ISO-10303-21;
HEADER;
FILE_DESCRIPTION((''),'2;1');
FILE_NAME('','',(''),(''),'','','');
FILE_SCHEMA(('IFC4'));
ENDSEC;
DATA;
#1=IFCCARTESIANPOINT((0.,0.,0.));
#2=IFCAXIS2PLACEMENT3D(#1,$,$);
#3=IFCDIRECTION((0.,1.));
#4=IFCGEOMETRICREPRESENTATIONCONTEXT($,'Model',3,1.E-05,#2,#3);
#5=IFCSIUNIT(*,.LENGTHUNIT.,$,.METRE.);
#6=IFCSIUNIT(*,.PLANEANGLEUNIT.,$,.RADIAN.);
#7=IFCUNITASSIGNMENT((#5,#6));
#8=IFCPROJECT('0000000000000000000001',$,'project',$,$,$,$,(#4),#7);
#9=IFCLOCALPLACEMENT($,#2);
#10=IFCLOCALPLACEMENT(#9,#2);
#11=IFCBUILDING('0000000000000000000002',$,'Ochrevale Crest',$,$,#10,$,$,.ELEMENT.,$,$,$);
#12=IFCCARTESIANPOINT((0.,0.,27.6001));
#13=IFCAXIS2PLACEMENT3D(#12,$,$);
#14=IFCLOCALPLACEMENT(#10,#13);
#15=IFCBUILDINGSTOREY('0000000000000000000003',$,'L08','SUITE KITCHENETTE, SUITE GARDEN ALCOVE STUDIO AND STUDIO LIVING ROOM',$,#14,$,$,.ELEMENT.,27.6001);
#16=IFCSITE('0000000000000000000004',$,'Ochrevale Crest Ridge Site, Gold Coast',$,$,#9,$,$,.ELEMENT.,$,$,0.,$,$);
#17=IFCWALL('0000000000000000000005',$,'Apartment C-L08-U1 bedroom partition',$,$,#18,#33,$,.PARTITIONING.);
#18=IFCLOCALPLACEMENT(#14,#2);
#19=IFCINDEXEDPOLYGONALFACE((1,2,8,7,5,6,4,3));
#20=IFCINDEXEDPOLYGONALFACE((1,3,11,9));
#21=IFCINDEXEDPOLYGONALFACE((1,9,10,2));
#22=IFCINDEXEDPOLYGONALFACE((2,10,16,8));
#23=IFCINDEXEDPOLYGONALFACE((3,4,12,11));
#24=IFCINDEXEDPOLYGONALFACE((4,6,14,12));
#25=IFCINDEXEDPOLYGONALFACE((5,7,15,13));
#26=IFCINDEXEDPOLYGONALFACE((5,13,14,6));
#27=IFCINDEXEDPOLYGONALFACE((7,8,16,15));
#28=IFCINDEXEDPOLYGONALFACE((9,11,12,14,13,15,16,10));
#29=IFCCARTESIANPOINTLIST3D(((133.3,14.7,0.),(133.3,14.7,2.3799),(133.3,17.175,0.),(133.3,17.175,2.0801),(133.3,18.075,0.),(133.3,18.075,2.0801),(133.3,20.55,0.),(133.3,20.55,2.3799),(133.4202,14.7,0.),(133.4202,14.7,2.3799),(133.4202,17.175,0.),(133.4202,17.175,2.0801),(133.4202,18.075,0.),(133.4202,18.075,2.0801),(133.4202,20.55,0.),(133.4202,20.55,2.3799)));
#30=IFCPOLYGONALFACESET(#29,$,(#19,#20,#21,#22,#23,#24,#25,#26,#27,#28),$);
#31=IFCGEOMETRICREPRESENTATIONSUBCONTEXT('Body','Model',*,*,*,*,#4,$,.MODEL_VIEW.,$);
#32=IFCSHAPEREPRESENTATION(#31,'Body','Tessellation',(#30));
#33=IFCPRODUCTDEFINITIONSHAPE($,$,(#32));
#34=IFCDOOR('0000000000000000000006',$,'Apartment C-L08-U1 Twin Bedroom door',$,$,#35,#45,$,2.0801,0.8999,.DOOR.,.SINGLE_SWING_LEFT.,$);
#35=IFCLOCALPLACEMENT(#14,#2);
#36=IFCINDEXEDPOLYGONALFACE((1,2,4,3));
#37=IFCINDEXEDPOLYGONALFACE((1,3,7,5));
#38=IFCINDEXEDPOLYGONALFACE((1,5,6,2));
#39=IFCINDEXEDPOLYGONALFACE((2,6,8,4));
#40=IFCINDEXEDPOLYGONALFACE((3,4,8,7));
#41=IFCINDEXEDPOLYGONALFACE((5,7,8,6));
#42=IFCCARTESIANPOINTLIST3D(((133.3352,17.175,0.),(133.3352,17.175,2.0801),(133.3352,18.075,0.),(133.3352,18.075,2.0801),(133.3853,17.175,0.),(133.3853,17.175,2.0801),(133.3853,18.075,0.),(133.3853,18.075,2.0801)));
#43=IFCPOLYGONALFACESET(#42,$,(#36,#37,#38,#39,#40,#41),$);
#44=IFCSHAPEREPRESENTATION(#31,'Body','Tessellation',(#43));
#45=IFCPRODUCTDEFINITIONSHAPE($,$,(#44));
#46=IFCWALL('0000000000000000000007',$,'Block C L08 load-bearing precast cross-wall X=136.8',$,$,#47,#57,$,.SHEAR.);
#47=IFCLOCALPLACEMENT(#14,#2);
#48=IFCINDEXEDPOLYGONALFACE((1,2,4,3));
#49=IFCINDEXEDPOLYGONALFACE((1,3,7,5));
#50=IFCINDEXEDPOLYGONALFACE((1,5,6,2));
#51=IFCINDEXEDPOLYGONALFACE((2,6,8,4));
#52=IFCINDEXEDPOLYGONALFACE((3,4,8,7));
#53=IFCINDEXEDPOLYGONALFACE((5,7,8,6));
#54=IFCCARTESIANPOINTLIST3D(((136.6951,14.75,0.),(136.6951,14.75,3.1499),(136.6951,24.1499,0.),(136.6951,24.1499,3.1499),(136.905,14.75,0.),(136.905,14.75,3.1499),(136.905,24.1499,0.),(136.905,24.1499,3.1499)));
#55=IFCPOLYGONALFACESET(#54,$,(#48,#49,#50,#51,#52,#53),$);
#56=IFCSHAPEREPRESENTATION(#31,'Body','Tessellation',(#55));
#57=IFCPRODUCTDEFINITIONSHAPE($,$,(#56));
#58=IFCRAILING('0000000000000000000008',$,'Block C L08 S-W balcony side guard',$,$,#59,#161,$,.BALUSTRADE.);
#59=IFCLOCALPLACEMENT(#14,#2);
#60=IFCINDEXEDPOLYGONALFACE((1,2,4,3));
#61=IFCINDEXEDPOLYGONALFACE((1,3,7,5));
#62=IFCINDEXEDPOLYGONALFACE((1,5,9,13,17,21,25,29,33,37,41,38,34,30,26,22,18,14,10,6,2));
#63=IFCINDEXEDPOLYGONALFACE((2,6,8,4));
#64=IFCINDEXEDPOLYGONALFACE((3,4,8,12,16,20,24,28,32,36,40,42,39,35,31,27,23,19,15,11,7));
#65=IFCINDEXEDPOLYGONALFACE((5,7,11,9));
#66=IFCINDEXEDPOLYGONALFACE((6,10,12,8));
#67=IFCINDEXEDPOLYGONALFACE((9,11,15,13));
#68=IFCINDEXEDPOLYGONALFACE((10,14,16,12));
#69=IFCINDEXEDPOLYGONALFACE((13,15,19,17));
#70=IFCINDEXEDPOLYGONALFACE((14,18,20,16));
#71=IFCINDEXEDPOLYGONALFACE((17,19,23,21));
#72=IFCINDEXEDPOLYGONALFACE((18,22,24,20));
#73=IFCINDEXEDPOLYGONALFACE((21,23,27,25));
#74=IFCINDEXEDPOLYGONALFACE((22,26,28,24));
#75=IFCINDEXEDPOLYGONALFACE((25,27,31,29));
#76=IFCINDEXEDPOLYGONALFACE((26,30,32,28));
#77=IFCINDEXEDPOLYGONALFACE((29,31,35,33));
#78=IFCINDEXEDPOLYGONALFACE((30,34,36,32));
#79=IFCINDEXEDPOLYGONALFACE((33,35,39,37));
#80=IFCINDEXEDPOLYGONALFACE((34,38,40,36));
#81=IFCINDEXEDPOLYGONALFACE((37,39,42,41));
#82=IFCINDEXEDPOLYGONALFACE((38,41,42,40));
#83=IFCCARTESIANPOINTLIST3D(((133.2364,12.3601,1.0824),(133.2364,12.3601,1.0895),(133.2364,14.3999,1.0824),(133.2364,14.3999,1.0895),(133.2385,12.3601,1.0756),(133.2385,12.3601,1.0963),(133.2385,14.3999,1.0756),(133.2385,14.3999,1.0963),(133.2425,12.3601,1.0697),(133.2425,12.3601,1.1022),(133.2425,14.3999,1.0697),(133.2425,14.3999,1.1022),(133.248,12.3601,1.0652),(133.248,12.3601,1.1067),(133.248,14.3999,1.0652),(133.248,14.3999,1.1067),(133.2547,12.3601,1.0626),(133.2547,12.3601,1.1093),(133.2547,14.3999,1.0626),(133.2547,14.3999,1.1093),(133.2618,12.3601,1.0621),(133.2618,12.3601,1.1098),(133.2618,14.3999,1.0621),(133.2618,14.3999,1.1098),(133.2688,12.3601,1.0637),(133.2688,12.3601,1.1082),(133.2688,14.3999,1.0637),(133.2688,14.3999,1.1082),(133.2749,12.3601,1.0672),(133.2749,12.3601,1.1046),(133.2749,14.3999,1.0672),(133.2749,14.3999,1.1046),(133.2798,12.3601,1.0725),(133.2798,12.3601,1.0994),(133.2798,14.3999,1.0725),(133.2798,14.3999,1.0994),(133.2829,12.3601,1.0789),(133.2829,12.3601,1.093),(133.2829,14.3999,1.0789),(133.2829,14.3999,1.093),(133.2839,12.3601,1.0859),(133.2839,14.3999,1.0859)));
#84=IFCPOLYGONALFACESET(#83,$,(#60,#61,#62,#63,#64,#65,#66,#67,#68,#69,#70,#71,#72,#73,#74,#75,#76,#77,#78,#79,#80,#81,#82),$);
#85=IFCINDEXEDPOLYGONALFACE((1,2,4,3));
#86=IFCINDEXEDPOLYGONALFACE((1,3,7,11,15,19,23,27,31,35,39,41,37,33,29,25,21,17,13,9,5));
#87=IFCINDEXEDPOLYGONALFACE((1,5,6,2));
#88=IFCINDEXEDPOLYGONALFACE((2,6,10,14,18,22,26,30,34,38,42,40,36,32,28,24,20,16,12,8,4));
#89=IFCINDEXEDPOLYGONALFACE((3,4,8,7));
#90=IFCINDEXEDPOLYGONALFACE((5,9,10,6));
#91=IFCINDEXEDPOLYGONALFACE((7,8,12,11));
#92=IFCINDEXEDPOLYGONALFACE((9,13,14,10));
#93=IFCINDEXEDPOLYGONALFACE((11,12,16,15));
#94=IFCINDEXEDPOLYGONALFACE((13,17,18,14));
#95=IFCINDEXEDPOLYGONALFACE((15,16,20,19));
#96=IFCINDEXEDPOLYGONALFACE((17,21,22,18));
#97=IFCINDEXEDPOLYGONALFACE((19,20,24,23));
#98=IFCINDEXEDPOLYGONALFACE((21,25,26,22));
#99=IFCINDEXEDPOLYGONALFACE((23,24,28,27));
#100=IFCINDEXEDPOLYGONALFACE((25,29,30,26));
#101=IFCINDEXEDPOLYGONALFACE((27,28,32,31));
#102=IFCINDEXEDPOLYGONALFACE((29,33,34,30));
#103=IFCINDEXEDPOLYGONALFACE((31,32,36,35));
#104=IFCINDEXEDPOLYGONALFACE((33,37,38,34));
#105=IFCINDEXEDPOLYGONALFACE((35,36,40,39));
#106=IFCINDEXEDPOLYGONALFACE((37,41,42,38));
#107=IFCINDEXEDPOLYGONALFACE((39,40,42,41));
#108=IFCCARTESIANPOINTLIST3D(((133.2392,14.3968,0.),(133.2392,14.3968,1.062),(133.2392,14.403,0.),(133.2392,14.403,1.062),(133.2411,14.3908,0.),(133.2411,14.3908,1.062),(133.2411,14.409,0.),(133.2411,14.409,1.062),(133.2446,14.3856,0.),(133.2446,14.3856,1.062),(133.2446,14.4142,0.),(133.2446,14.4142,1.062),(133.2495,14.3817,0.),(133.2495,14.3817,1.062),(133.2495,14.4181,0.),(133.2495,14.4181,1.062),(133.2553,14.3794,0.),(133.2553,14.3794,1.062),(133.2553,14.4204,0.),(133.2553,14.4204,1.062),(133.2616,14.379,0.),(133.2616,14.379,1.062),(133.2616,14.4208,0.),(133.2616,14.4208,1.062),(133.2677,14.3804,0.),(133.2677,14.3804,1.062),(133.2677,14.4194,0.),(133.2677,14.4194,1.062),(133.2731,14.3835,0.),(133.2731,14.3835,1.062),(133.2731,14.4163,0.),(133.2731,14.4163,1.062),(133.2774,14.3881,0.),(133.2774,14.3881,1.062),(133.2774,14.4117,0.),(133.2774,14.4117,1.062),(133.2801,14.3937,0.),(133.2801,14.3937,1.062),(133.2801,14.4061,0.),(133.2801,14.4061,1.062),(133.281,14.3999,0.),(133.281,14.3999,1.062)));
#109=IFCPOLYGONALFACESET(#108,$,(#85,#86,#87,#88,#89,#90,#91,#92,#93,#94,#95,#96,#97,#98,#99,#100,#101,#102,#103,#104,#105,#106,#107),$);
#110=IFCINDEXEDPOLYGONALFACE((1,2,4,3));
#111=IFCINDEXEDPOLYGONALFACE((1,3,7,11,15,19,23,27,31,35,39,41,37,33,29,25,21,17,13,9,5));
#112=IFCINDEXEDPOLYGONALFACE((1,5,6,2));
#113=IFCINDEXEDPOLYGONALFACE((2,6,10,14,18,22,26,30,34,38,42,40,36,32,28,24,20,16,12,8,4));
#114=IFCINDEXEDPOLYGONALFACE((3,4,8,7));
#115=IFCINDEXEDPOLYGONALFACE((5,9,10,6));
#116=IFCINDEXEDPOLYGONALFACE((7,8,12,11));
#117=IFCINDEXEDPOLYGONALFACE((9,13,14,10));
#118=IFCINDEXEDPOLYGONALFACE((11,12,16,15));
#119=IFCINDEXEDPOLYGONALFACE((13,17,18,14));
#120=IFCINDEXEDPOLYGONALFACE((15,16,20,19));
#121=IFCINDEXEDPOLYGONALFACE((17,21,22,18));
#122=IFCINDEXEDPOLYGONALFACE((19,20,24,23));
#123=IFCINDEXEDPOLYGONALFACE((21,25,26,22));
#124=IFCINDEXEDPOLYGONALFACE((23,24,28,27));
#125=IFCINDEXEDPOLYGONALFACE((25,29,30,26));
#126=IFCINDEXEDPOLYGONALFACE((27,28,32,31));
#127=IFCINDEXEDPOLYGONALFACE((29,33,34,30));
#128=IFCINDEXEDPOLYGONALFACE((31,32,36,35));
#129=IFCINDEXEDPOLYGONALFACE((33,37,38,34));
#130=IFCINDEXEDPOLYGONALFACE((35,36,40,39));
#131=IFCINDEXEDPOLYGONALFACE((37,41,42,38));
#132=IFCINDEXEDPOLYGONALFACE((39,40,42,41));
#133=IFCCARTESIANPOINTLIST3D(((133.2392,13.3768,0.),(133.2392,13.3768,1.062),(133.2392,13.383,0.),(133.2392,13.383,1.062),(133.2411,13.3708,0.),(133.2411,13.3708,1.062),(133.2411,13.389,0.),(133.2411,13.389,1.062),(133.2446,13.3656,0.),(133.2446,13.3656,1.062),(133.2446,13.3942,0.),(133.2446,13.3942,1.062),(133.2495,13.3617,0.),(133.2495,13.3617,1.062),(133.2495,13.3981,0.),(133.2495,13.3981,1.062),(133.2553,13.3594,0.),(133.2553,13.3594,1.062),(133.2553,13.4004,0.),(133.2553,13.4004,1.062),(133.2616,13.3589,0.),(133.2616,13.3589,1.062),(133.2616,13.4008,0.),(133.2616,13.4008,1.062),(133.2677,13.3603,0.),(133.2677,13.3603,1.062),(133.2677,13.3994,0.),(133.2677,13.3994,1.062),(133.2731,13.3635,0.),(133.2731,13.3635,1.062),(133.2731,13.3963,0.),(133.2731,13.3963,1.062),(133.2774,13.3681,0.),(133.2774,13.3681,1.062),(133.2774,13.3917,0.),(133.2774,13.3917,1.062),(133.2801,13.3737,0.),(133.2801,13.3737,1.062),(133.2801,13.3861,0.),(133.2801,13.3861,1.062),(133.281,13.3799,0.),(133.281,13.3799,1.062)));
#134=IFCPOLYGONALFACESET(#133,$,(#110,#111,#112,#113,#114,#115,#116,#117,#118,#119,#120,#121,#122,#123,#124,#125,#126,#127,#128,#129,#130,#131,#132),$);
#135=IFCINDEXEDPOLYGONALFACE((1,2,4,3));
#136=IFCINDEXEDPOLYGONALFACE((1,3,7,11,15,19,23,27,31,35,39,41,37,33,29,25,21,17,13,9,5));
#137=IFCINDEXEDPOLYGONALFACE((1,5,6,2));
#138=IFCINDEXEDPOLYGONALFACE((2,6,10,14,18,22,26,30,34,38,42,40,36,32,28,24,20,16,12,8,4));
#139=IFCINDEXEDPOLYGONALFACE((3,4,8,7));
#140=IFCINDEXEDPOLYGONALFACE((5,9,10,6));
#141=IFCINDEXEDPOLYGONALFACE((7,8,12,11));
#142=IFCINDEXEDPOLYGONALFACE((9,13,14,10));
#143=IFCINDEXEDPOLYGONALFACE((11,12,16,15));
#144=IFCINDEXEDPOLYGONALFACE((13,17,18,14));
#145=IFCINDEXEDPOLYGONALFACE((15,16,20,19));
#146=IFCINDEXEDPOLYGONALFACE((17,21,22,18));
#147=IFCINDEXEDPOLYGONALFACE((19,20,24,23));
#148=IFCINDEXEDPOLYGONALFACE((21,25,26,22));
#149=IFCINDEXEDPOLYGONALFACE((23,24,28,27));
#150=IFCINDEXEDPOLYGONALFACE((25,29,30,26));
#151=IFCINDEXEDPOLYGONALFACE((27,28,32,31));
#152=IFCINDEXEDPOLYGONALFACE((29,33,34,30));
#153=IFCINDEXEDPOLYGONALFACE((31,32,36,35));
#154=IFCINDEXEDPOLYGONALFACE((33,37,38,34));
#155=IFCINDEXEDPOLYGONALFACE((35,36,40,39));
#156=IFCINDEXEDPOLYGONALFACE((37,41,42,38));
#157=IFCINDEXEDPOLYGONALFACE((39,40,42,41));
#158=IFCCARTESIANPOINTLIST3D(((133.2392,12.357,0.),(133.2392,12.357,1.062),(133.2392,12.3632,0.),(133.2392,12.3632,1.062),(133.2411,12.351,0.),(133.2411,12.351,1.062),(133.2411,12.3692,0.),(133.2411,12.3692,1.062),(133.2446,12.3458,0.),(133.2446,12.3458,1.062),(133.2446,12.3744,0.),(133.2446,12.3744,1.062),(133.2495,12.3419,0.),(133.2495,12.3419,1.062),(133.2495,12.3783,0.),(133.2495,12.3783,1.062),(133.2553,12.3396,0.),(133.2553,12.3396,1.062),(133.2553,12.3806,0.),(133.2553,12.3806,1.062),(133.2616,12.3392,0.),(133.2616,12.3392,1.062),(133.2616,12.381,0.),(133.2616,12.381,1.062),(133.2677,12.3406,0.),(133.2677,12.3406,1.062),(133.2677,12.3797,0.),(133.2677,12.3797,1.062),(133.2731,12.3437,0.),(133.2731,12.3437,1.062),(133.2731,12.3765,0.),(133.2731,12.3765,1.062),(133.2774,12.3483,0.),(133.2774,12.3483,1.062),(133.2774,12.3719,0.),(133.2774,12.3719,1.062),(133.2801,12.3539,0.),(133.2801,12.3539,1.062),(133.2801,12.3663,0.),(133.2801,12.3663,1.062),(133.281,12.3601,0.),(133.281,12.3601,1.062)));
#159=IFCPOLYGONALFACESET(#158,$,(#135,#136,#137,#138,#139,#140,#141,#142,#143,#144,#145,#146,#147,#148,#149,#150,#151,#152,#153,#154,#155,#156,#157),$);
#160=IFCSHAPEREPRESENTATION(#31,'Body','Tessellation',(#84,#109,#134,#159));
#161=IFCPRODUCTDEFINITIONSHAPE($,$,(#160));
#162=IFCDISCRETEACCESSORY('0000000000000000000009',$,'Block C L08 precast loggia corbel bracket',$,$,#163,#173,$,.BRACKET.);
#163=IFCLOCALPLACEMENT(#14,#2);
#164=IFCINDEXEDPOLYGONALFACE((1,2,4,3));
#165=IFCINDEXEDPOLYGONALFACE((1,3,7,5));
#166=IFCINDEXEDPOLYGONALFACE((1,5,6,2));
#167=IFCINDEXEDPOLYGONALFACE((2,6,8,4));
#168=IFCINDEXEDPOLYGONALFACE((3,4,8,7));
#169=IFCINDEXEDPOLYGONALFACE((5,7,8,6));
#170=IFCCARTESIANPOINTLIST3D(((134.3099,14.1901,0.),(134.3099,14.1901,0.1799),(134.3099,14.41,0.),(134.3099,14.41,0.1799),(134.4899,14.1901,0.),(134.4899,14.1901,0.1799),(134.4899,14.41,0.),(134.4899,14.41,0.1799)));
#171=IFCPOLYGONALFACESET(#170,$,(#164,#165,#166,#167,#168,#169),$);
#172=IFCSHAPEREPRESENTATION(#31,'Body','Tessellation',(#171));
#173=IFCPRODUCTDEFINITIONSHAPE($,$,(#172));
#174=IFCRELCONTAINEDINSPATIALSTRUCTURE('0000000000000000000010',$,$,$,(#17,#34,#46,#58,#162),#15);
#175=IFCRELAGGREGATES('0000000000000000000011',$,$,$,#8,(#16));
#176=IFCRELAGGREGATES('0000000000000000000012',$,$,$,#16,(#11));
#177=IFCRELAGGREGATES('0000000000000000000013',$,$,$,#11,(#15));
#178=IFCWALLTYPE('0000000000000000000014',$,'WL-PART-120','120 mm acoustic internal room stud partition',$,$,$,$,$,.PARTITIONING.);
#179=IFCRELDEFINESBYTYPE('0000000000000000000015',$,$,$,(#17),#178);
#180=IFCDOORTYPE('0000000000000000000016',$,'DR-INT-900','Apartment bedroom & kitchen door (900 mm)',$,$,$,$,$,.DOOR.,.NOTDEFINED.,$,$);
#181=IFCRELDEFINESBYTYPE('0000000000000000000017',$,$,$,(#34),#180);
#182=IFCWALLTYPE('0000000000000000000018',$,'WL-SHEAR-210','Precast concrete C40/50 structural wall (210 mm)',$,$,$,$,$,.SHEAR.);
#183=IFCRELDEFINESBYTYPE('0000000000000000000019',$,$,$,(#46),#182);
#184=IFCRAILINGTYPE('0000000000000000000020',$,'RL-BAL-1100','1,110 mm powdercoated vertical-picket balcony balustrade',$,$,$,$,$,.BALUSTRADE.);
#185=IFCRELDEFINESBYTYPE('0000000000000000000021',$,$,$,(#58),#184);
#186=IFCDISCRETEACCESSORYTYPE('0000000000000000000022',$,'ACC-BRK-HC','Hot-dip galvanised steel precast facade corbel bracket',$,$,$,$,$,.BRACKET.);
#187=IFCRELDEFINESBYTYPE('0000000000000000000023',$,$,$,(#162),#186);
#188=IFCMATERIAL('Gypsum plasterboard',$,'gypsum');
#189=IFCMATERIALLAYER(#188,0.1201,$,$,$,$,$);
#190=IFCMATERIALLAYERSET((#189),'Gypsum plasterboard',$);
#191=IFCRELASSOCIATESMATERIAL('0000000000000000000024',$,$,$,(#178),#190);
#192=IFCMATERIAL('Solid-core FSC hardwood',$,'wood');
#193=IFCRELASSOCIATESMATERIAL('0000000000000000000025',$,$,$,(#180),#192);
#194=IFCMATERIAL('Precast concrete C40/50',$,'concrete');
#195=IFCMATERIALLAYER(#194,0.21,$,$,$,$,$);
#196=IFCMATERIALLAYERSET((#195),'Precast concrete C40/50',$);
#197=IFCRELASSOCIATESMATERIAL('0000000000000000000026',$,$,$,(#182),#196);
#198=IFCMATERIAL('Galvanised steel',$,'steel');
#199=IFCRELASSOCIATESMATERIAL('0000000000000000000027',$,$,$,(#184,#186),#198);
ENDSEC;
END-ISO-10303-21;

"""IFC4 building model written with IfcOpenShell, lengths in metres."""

from ifc_helpers import new_model, si_unit, direction, frame, frame_2d, origin, origin_2d, place, context, subcontext, project, spatial, rectangle, circle, extrude, material, layer, layer_set, type_object, element, fill, save


model = new_model("IFC4")

# Units and contexts
model_context = context("Model", 3, precision=1e-05, world=origin(), true_north=direction((0.0, 1.0)))
body_context = subcontext(model_context, "Body", "Model", "MODEL_VIEW")
ifc_project = project(units=[si_unit("LENGTHUNIT", "METRE"), si_unit("PLANEANGLEUNIT", "RADIAN")], contexts=[model_context])

# Site, building, storey
site_placement = place(None, origin())
site = spatial("IfcSite", under=ifc_project, at=site_placement, Name="Ochrevale Crest Ridge Site, Gold Coast", CompositionType="ELEMENT", RefElevation=0.0)
building_placement = place(site_placement, origin())
building = spatial("IfcBuilding", under=site, at=building_placement, Name="Ochrevale Crest", CompositionType="ELEMENT")
storey_placement = place(building_placement, frame((0.0, 0.0, 27.6001)))
storey = spatial("IfcBuildingStorey", under=building, at=storey_placement, Name="L08", Description="SUITE KITCHENETTE, SUITE GARDEN ALCOVE STUDIO AND STUDIO LIVING ROOM", CompositionType="ELEMENT", Elevation=27.6001)

# Shared definitions
ifc_material_1 = material(Name="Precast concrete C40/50", Category="concrete")

# Wall, opening, door
ifc_material_2 = material(Name="Gypsum plasterboard", Category="gypsum")
ifc_layer_1 = layer(ifc_material_2, 0.1201)
ifc_layer_set_1 = layer_set([ifc_layer_1], Name="Gypsum plasterboard")
wall_type_1 = type_object("IfcWallType", Name="WL-PART-120", Description="120 mm acoustic internal room stud partition", PredefinedType="PARTITIONING", material=ifc_layer_set_1)
wall_1_placement = place(storey_placement, frame((133.3601, 14.7, 0.0), z_axis=(0.0, 0.0, 1.0), x_axis=(0.0, 1.0, 0.0)))
wall_1 = element("IfcWall", 1, at=wall_1_placement, inside=storey, type_object=wall_type_1, Name="Apartment C-L08-U1 bedroom partition", PredefinedType="PARTITIONING", context=body_context, shape_type="SweptSolid", body=[
    extrude(rectangle(XDim=5.8501, YDim=0.1201, at=frame_2d((2.925, 0.0))), origin(), (0.0, 0.0, 1.0), 2.3799),
])
opening_1_placement = place(wall_1_placement, frame((2.4751, 0.0, 0.0)))
opening_1 = element("IfcOpeningElement", 2, at=opening_1_placement, cuts=wall_1, PredefinedType="OPENING", context=body_context, shape_type="SweptSolid", body=[
    extrude(rectangle(XDim=0.8999, YDim=2.0801, at=frame_2d((0.45, 1.04))), frame((0.0, 0.0701, 0.0), z_axis=(0.0, -1.0, 0.0), x_axis=(1.0, 0.0, 0.0)), (0.0, 0.0, 1.0), 0.1401),
])
ifc_material_3 = material(Name="Solid-core FSC hardwood", Category="wood")
door_type_1 = type_object("IfcDoorType", Name="DR-INT-900", Description="Apartment bedroom & kitchen door (900 mm)", OperationType="NOTDEFINED", PredefinedType="DOOR", material=ifc_material_3)
door_1_placement = place(opening_1_placement, origin())
door_1 = element("IfcDoor", 3, at=door_1_placement, inside=storey, type_object=door_type_1, Name="Apartment C-L08-U1 Twin Bedroom door", OperationType="SINGLE_SWING_LEFT", OverallHeight=2.0801, OverallWidth=0.8999, PredefinedType="DOOR", context=body_context, shape_type="SweptSolid", body=[
    extrude(rectangle(XDim=0.8999, YDim=2.0801, at=frame_2d((0.45, 1.04))), frame((0.0, 0.0249, 0.0), z_axis=(0.0, -1.0, 0.0), x_axis=(1.0, 0.0, 0.0)), (0.0, 0.0, 1.0), 0.05),
])
fill(opening_1, door_1)

# Wall
ifc_layer_2 = layer(ifc_material_1, 0.21)
ifc_layer_set_2 = layer_set([ifc_layer_2], Name="Precast concrete C40/50")
wall_type_2 = type_object("IfcWallType", Name="WL-SHEAR-210", Description="Precast concrete C40/50 structural wall (210 mm)", PredefinedType="SHEAR", material=ifc_layer_set_2)
wall_2_placement = place(storey_placement, frame((136.8, 14.75, 0.0), z_axis=(0.0, 0.0, 1.0), x_axis=(0.0, 1.0, 0.0)))
element("IfcWall", 4, at=wall_2_placement, inside=storey, type_object=wall_type_2, Name="Block C L08 load-bearing precast cross-wall X=136.8", PredefinedType="SHEAR", context=body_context, shape_type="SweptSolid", body=[
    extrude(rectangle(XDim=9.3999, YDim=0.21, at=frame_2d((4.7, 0.0))), origin(), (0.0, 0.0, 1.0), 3.1499),
])

# Railing
ifc_material_4 = material(Name="Galvanised steel", Category="steel")
railing_type = type_object("IfcRailingType", Name="RL-BAL-1100", Description="1,110 mm powdercoated vertical-picket balcony balustrade", PredefinedType="BALUSTRADE", material=ifc_material_4)
railing_1_placement = place(storey_placement, frame((133.26, 14.3999, 0.0)))
element("IfcRailing", 5, at=railing_1_placement, inside=storey, type_object=railing_type, Name="Block C L08 S-W balcony side guard", PredefinedType="BALUSTRADE", context=body_context, shape_type="SweptSolid", body=[
    extrude(circle(Radius=0.0239, at=origin_2d()), frame((0.0, 0.0, 1.0859), z_axis=(0.0, -1.0, 0.0), x_axis=(1.0, 0.0, 0.0)), (0.0, 0.0, 1.0), 2.0398),
    extrude(circle(Radius=0.021, at=origin_2d()), origin(), (0.0, 0.0, 1.0), 1.062),
    extrude(circle(Radius=0.021, at=origin_2d()), frame((0.0, -1.02, 0.0)), (0.0, 0.0, 1.0), 1.062),
    extrude(circle(Radius=0.021, at=origin_2d()), frame((0.0, -2.0398, 0.0)), (0.0, 0.0, 1.0), 1.062),
])

# Discrete accessory
discrete_accessory_type = type_object("IfcDiscreteAccessoryType", Name="ACC-BRK-HC", Description="Hot-dip galvanised steel precast facade corbel bracket", PredefinedType="BRACKET", material=ifc_material_4)
discrete_accessory_placement = place(storey_placement, frame((134.3999, 14.3, 0.0), z_axis=(0.0, 0.0, 1.0), x_axis=(1.0, 0.0, 0.0)))
element("IfcDiscreteAccessory", 6, at=discrete_accessory_placement, inside=storey, type_object=discrete_accessory_type, Name="Block C L08 precast loggia corbel bracket", PredefinedType="BRACKET", context=body_context, shape_type="SweptSolid", body=[
    extrude(rectangle(XDim=0.1799, YDim=0.22, at=origin_2d()), origin(), (0.0, 0.0, 1.0), 0.1799),
])

save(model, "model.ifc")
